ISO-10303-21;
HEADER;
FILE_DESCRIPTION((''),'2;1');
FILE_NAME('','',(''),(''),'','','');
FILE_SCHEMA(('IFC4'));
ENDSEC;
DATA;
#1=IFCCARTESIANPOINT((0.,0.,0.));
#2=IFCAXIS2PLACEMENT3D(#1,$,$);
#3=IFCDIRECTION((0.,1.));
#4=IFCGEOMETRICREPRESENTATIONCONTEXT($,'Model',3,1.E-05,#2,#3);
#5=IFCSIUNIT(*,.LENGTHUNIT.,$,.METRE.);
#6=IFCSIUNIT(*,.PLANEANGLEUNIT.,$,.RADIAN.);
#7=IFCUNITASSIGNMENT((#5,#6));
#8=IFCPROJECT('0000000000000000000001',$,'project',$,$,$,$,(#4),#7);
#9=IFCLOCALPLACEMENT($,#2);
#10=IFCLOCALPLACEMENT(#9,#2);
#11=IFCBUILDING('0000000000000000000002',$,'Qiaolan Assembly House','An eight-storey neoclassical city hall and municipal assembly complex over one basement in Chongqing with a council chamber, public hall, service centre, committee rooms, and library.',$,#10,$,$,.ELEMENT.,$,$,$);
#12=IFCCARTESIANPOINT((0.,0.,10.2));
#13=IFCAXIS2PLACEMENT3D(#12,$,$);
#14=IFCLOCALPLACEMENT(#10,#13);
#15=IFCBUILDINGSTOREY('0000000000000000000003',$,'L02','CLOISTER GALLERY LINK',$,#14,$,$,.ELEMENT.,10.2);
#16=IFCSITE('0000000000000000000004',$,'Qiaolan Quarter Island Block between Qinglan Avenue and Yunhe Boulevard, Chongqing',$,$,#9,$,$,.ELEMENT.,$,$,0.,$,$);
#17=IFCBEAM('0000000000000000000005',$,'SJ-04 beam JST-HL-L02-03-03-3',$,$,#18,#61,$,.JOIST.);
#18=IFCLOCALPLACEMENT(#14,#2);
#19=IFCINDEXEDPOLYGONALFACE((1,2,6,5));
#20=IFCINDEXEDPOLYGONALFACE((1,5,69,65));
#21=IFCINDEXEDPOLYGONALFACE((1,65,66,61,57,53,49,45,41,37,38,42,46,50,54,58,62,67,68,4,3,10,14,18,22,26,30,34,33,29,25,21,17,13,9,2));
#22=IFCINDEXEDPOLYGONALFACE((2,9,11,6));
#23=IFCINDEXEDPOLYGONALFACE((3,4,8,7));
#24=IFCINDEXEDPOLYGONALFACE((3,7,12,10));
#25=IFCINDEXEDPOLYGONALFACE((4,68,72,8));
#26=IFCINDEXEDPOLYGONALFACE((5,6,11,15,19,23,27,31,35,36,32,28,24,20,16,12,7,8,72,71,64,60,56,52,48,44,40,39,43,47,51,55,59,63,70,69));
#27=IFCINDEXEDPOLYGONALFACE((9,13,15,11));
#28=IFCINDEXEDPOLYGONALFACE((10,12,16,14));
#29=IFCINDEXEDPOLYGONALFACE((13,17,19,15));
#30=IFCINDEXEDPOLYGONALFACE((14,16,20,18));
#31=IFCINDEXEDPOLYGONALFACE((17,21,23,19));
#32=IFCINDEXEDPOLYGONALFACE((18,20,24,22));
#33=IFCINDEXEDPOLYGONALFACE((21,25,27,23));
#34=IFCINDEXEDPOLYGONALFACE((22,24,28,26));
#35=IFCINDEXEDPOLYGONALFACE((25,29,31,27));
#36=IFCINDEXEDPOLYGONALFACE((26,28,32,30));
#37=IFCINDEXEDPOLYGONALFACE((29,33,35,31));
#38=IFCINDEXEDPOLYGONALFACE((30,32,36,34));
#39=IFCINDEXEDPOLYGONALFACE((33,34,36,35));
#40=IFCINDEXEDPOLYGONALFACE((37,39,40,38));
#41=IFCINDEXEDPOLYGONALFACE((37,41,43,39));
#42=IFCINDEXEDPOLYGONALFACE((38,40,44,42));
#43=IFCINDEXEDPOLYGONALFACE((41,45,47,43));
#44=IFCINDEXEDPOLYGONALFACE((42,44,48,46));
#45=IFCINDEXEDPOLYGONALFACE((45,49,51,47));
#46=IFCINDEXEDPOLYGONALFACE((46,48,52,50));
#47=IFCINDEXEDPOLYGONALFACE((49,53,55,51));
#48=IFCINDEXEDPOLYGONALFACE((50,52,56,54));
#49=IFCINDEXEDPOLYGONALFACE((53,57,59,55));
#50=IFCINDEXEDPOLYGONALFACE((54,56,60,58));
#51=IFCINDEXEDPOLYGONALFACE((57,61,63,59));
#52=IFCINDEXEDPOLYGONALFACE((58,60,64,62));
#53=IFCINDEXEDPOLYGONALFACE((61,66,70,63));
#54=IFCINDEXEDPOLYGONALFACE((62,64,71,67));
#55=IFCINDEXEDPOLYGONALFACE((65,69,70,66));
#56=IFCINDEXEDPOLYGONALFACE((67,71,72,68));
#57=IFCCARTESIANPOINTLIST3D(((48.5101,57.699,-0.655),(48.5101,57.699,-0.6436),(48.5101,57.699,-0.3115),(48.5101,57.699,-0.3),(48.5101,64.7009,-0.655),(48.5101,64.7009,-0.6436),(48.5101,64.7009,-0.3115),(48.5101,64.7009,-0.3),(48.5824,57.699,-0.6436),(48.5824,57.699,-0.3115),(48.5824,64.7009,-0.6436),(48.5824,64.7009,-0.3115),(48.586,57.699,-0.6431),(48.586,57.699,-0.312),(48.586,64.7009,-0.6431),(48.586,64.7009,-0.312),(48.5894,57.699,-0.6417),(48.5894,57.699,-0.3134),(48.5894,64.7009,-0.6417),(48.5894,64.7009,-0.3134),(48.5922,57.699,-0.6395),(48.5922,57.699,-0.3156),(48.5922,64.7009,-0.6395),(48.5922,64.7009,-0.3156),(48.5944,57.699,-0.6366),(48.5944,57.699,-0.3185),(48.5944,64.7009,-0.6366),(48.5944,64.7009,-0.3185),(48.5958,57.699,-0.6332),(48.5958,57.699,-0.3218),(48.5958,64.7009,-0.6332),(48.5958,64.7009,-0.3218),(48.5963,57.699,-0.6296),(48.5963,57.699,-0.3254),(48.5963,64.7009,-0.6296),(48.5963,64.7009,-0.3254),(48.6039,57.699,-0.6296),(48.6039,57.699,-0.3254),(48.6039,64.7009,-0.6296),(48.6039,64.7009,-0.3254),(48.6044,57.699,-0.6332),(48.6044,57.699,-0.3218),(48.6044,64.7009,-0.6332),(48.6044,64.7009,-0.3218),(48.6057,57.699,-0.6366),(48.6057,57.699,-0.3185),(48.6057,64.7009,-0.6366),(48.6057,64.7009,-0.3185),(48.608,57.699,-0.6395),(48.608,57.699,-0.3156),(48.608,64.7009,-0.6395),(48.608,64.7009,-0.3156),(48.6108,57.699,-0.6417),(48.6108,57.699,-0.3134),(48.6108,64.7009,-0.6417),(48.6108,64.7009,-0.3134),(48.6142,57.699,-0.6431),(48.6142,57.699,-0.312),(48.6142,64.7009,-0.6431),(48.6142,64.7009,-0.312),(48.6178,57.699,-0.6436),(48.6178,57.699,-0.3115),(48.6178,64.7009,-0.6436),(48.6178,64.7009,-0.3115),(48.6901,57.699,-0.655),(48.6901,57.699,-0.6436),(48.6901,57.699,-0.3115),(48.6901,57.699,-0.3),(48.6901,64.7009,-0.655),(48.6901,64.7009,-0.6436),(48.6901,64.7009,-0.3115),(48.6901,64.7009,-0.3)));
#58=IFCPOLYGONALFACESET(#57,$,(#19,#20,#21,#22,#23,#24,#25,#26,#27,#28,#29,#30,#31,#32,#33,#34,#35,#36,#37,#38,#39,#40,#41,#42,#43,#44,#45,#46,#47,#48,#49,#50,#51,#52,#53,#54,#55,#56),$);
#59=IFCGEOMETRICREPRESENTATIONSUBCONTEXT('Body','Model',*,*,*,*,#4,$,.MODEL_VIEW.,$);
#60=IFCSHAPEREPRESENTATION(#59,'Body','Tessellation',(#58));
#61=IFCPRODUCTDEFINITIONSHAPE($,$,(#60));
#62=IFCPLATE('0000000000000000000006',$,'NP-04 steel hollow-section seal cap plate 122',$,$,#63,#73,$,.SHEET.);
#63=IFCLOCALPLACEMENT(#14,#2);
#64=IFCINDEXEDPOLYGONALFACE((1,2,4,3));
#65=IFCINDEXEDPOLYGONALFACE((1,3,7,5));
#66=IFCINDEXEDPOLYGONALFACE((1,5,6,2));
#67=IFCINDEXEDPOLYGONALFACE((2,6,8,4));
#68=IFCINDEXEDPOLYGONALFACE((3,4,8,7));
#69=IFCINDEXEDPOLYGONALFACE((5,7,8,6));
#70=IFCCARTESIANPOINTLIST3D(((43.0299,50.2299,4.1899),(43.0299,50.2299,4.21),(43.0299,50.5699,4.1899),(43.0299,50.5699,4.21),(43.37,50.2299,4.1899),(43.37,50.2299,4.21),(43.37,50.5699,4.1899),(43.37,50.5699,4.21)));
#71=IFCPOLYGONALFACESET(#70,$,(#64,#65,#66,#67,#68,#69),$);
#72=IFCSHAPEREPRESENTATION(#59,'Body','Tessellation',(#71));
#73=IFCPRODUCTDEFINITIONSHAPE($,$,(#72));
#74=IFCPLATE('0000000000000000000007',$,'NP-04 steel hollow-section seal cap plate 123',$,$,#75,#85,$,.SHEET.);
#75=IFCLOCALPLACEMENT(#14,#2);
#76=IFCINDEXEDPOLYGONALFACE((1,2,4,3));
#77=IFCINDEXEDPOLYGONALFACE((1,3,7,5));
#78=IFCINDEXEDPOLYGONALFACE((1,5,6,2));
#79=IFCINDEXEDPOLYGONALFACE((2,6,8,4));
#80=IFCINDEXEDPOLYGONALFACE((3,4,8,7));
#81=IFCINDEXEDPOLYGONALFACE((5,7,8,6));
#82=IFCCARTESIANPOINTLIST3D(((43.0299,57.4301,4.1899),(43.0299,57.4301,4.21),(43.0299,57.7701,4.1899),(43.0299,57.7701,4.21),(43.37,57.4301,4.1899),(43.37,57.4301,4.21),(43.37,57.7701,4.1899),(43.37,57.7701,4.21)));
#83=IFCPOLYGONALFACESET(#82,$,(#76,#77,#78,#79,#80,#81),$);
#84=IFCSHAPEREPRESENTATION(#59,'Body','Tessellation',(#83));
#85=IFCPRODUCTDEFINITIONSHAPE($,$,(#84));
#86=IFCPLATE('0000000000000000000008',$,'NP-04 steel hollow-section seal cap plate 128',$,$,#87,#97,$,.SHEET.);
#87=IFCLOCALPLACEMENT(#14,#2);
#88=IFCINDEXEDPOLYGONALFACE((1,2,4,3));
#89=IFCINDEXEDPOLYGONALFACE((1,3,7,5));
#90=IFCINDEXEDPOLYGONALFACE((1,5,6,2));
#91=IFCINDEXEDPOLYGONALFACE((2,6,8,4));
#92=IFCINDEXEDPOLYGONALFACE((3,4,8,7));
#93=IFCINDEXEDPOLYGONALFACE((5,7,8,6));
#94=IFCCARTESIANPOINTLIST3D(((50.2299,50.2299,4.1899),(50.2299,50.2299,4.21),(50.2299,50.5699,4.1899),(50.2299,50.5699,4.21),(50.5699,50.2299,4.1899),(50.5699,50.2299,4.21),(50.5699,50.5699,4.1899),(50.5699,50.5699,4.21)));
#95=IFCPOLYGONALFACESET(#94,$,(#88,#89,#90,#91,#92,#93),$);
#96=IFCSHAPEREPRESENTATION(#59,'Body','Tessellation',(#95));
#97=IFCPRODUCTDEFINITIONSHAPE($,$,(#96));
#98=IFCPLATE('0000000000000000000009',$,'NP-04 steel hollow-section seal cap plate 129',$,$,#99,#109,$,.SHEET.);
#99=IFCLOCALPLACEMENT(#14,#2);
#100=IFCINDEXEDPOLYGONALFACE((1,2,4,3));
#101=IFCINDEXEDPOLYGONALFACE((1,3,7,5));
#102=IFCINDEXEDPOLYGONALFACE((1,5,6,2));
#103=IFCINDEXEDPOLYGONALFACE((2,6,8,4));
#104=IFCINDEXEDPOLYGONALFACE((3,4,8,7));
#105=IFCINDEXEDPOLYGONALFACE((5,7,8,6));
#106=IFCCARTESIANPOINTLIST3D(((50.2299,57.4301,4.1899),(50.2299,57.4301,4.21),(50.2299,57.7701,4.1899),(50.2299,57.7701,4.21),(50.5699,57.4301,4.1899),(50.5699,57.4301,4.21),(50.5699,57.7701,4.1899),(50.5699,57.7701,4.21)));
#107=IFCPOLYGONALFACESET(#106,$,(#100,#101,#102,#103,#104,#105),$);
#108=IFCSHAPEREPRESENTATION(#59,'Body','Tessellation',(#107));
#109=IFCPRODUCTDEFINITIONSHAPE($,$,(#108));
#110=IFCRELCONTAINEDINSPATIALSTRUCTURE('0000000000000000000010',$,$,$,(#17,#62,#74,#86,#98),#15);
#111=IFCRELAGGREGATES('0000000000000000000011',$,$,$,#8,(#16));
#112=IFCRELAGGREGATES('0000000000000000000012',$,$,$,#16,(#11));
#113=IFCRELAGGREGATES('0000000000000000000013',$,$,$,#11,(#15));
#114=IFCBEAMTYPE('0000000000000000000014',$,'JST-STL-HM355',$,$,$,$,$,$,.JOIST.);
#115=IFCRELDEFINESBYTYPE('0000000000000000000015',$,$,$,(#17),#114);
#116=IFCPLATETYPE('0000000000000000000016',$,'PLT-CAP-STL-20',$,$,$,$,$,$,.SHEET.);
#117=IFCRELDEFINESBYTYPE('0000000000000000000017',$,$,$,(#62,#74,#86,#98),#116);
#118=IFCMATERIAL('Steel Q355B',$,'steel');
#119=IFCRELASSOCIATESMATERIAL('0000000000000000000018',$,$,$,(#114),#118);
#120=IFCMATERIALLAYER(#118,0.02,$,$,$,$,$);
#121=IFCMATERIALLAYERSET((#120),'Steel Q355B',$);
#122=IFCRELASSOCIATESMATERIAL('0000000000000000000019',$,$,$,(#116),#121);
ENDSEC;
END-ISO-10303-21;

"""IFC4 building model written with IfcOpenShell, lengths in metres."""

from ifc_helpers import new_model, si_unit, direction, frame, origin, origin_2d, place, context, subcontext, project, spatial, rectangle, i_section, extrude, material, layer, layer_set, material_profile, profile_set, type_object, element, save


model = new_model("IFC4")

# Units and contexts
model_context = context("Model", 3, precision=1e-05, world=origin(), true_north=direction((0.0, 1.0)))
body_context = subcontext(model_context, "Body", "Model", "MODEL_VIEW")
ifc_project = project(units=[si_unit("LENGTHUNIT", "METRE"), si_unit("PLANEANGLEUNIT", "RADIAN")], contexts=[model_context])

# Site, building, storey
site_placement = place(None, origin())
site = spatial("IfcSite", under=ifc_project, at=site_placement, Name="Qiaolan Quarter Island Block between Qinglan Avenue and Yunhe Boulevard, Chongqing", CompositionType="ELEMENT", RefElevation=0.0)
building_placement = place(site_placement, origin())
building = spatial("IfcBuilding", under=site, at=building_placement, Name="Qiaolan Assembly House", Description="An eight-storey neoclassical city hall and municipal assembly complex over one basement in Chongqing with a council chamber, public hall, service centre, committee rooms, and library.", CompositionType="ELEMENT")
storey_placement = place(building_placement, frame((0.0, 0.0, 10.2)))
storey = spatial("IfcBuildingStorey", under=building, at=storey_placement, Name="L02", Description="CLOISTER GALLERY LINK", CompositionType="ELEMENT", Elevation=10.2)

# Shared definitions
ifc_material_1 = material(Name="Steel Q355B", Category="steel")

# Beam
ifc_material_profile_1 = material_profile(ifc_material_1, i_section(OverallWidth=0.1799, OverallDepth=0.355, WebThickness=0.0076, FlangeThickness=0.0115, FilletRadius=0.0139, at=origin_2d()), Name="HM 355x180x7.5x11.5")
ifc_profile_set_1 = profile_set([ifc_material_profile_1], Name="Steel Q355B")
beam_type_1 = type_object("IfcBeamType", Name="JST-STL-HM355", PredefinedType="JOIST", material=ifc_profile_set_1)
for number, where, z_axis, x_axis, name in (
    (1, (48.6001, 57.699, -0.4775), (0.0, 1.0, 0.0), (-1.0, 0.0, 0.0), "SJ-04 beam JST-HL-L02-03-03-3"),
):
    element("IfcBeam", number, at=place(storey_placement, frame(where, z_axis=z_axis, x_axis=x_axis)), inside=storey, type_object=beam_type_1, Name=name, PredefinedType="JOIST", context=body_context, shape_type="SweptSolid", body=[
        extrude(i_section(OverallWidth=0.1799, OverallDepth=0.355, WebThickness=0.0076, FlangeThickness=0.0115, FilletRadius=0.0139, at=origin_2d()), origin(), (0.0, 0.0, 1.0), 7.002),
    ])

# Plates
ifc_layer = layer(ifc_material_1, 0.02)
ifc_layer_set = layer_set([ifc_layer], Name="Steel Q355B")
plate_type = type_object("IfcPlateType", Name="PLT-CAP-STL-20", PredefinedType="SHEET", material=ifc_layer_set)
for number, where, z_axis, x_axis, name in (
    (2, (43.2, 50.3999, 4.1899), (0.0, 0.0, 1.0), (1.0, 0.0, 0.0), "NP-04 steel hollow-section seal cap plate 122"),
    (3, (43.2, 57.6001, 4.1899), (0.0, 0.0, 1.0), (1.0, 0.0, 0.0), "NP-04 steel hollow-section seal cap plate 123"),
    (4, (50.3999, 50.3999, 4.1899), (0.0, 0.0, 1.0), (1.0, 0.0, 0.0), "NP-04 steel hollow-section seal cap plate 128"),
    (5, (50.3999, 57.6001, 4.1899), (0.0, 0.0, 1.0), (1.0, 0.0, 0.0), "NP-04 steel hollow-section seal cap plate 129"),
):
    element("IfcPlate", number, at=place(storey_placement, frame(where, z_axis=z_axis, x_axis=x_axis)), inside=storey, type_object=plate_type, Name=name, PredefinedType="SHEET", context=body_context, shape_type="SweptSolid", body=[
        extrude(rectangle(XDim=0.3401, YDim=0.3401, at=origin_2d()), origin(), (0.0, 0.0, 1.0), 0.02),
    ])

save(model, "model.ifc")
